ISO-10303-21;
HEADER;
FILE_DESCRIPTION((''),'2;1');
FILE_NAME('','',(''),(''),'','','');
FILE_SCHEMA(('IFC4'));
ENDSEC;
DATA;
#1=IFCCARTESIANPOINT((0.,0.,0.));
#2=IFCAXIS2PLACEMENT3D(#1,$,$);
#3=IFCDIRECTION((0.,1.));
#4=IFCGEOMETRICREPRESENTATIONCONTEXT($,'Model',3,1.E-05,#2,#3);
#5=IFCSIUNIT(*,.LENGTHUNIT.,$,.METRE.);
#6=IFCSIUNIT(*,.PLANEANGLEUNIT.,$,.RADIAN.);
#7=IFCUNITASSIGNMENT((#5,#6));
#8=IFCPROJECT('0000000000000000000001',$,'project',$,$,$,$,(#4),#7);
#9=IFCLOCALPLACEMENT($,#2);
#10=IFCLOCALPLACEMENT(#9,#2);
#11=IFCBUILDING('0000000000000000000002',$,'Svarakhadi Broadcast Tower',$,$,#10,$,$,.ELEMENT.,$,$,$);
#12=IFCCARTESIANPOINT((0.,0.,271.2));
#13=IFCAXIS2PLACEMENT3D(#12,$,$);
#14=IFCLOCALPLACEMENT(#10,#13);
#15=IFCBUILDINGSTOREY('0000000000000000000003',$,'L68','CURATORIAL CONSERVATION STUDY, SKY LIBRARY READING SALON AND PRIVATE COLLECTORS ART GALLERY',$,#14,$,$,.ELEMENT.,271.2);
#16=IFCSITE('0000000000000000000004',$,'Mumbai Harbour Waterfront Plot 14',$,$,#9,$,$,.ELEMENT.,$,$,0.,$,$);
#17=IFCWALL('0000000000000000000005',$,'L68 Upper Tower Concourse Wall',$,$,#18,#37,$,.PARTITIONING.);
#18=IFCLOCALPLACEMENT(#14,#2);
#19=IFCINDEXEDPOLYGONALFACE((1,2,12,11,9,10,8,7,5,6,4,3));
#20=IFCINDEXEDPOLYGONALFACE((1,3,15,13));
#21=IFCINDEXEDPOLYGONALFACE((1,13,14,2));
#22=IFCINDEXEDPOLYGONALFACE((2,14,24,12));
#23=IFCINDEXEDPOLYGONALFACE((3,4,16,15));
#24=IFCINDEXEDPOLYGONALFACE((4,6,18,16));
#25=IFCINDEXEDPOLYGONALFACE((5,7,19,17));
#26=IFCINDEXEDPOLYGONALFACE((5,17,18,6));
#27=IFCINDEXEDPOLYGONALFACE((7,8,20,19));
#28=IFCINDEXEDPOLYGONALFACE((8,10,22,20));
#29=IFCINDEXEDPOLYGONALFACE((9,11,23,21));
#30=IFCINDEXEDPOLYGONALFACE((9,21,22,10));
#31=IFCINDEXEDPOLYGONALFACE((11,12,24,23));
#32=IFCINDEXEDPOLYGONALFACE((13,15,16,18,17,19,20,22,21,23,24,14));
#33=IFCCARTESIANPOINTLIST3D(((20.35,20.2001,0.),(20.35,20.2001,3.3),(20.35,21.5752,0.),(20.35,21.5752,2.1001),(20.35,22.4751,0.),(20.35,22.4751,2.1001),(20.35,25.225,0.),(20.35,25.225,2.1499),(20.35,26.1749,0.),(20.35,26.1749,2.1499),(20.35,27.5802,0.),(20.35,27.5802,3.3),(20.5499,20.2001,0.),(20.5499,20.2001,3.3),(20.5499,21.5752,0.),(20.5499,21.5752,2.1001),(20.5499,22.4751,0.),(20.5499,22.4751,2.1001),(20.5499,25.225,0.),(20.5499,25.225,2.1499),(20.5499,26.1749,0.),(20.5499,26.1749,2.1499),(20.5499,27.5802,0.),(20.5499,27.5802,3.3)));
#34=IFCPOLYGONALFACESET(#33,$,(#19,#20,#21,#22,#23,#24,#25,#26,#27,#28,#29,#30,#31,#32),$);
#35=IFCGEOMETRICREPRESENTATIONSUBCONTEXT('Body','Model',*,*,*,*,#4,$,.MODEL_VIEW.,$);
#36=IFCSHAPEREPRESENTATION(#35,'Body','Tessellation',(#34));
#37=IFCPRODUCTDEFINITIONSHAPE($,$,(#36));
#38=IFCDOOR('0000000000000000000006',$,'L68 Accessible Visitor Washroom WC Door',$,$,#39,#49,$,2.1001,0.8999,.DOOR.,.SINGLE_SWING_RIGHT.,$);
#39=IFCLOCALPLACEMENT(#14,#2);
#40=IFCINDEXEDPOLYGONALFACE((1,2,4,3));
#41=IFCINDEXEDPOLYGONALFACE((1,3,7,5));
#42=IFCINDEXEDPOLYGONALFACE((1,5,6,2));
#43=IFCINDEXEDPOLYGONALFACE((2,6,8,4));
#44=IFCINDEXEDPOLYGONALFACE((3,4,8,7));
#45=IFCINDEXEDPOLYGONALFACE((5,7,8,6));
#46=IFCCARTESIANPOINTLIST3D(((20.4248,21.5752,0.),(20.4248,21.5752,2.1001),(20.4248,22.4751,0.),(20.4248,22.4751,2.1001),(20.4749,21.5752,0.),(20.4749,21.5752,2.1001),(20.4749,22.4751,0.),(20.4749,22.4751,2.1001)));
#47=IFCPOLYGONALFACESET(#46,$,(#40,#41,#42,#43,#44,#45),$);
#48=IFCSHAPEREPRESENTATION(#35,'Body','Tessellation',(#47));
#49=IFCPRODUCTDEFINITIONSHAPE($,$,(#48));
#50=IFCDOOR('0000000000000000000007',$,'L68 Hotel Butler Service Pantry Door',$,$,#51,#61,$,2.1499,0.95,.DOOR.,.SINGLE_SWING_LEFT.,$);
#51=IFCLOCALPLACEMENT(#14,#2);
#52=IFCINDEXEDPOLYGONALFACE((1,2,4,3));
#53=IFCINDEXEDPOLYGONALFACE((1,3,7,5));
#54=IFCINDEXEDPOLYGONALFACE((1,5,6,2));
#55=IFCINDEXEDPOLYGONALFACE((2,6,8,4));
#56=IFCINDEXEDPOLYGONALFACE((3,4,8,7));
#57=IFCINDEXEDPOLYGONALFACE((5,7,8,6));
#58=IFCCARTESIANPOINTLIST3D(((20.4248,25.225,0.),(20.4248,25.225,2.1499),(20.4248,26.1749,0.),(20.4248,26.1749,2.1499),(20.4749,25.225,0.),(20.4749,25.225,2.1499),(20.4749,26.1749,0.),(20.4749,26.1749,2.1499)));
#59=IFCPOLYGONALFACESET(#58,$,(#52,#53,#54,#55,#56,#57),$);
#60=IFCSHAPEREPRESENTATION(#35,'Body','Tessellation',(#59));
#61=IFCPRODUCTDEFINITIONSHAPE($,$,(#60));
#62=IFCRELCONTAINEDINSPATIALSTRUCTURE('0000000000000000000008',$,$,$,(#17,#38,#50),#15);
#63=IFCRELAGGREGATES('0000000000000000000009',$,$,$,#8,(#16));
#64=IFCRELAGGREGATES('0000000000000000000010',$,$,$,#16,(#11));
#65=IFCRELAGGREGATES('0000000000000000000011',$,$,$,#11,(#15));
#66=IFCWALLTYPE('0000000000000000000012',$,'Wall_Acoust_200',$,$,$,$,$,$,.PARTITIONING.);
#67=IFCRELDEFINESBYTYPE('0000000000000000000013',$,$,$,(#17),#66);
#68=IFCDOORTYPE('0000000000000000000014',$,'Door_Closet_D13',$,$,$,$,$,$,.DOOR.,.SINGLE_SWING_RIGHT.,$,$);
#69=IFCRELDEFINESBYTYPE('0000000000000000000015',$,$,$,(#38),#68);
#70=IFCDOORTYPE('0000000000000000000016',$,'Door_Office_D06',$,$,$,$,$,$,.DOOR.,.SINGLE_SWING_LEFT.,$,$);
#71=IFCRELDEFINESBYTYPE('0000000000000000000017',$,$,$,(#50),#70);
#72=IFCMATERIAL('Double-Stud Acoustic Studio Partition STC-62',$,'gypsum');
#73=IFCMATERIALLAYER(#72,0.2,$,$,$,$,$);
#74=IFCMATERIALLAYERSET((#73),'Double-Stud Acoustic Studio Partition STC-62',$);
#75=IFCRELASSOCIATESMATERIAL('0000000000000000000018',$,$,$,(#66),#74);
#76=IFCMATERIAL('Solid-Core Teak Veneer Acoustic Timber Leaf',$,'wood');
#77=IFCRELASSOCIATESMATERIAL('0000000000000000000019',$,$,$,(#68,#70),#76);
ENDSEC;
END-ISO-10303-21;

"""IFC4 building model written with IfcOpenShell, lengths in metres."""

from ifc_helpers import new_model, si_unit, direction, frame, frame_2d, origin, place, context, subcontext, project, spatial, rectangle, extrude, material, layer, layer_set, type_object, element, fill, save


model = new_model("IFC4")

# Units and contexts
model_context = context("Model", 3, precision=1e-05, world=origin(), true_north=direction((0.0, 1.0)))
body_context = subcontext(model_context, "Body", "Model", "MODEL_VIEW")
ifc_project = project(units=[si_unit("LENGTHUNIT", "METRE"), si_unit("PLANEANGLEUNIT", "RADIAN")], contexts=[model_context])

# Site, building, storey
site_placement = place(None, origin())
site = spatial("IfcSite", under=ifc_project, at=site_placement, Name="Mumbai Harbour Waterfront Plot 14", CompositionType="ELEMENT", RefElevation=0.0)
building_placement = place(site_placement, origin())
building = spatial("IfcBuilding", under=site, at=building_placement, Name="Svarakhadi Broadcast Tower", CompositionType="ELEMENT")
storey_placement = place(building_placement, frame((0.0, 0.0, 271.2)))
storey = spatial("IfcBuildingStorey", under=building, at=storey_placement, Name="L68", Description="CURATORIAL CONSERVATION STUDY, SKY LIBRARY READING SALON AND PRIVATE COLLECTORS ART GALLERY", CompositionType="ELEMENT", Elevation=271.2)

# Shared definitions
ifc_material_1 = material(Name="Double-Stud Acoustic Studio Partition STC-62", Category="gypsum")
ifc_layer_1 = layer(ifc_material_1, 0.2)
ifc_layer_set_1 = layer_set([ifc_layer_1], Name="Double-Stud Acoustic Studio Partition STC-62")
wall_type = type_object("IfcWallType", Name="Wall_Acoust_200", PredefinedType="PARTITIONING", material=ifc_layer_set_1)

# Wall, openings, doors
wall_1_placement = place(storey_placement, frame((20.45, 27.5801, 0.0), z_axis=(0.0, 0.0, 1.0), x_axis=(0.0, -1.0, 0.0)))
wall_1 = element("IfcWall", 1, at=wall_1_placement, inside=storey, type_object=wall_type, Name="L68 Upper Tower Concourse Wall", PredefinedType="PARTITIONING", context=body_context, shape_type="SweptSolid", body=[
    extrude(rectangle(XDim=7.3801, YDim=0.2, at=frame_2d((3.6899, 0.0))), origin(), (0.0, 0.0, 1.0), 3.3),
])
opening_1_placement = place(wall_1_placement, frame((5.105, 0.0, 0.0)))
opening_1 = element("IfcOpeningElement", 2, at=opening_1_placement, cuts=wall_1, PredefinedType="OPENING", context=body_context, shape_type="SweptSolid", body=[
    extrude(rectangle(XDim=0.8999, YDim=2.1001, at=frame_2d((0.45, 1.05))), frame((0.0, 0.1099, 0.0), z_axis=(0.0, -1.0, 0.0), x_axis=(1.0, 0.0, 0.0)), (0.0, 0.0, 1.0), 0.22),
])
opening_2_placement = place(wall_1_placement, frame((1.405, 0.0, 0.0)))
opening_2 = element("IfcOpeningElement", 3, at=opening_2_placement, cuts=wall_1, PredefinedType="OPENING", context=body_context, shape_type="SweptSolid", body=[
    extrude(rectangle(XDim=0.95, YDim=2.1499, at=frame_2d((0.4751, 1.075))), frame((0.0, 0.1099, 0.0), z_axis=(0.0, -1.0, 0.0), x_axis=(1.0, 0.0, 0.0)), (0.0, 0.0, 1.0), 0.22),
])
ifc_material_2 = material(Name="Solid-Core Teak Veneer Acoustic Timber Leaf", Category="wood")
door_type_1 = type_object("IfcDoorType", Name="Door_Closet_D13", OperationType="SINGLE_SWING_RIGHT", PredefinedType="DOOR", material=ifc_material_2)
door_1_placement = place(opening_1_placement, origin())
door_1 = element("IfcDoor", 4, at=door_1_placement, inside=storey, type_object=door_type_1, Name="L68 Accessible Visitor Washroom WC Door", OperationType="SINGLE_SWING_RIGHT", OverallHeight=2.1001, OverallWidth=0.8999, PredefinedType="DOOR", context=body_context, shape_type="SweptSolid", body=[
    extrude(rectangle(XDim=0.8999, YDim=2.1001, at=frame_2d((0.45, 1.05))), frame((0.0, 0.0249, 0.0), z_axis=(0.0, -1.0, 0.0), x_axis=(1.0, 0.0, 0.0)), (0.0, 0.0, 1.0), 0.05),
])
fill(opening_1, door_1)
door_type_2 = type_object("IfcDoorType", Name="Door_Office_D06", OperationType="SINGLE_SWING_LEFT", PredefinedType="DOOR", material=ifc_material_2)
door_2_placement = place(opening_2_placement, origin())
door_2 = element("IfcDoor", 5, at=door_2_placement, inside=storey, type_object=door_type_2, Name="L68 Hotel Butler Service Pantry Door", OperationType="SINGLE_SWING_LEFT", OverallHeight=2.1499, OverallWidth=0.95, PredefinedType="DOOR", context=body_context, shape_type="SweptSolid", body=[
    extrude(rectangle(XDim=0.95, YDim=2.1499, at=frame_2d((0.4751, 1.075))), frame((0.0, 0.0249, 0.0), z_axis=(0.0, -1.0, 0.0), x_axis=(1.0, 0.0, 0.0)), (0.0, 0.0, 1.0), 0.05),
])
fill(opening_2, door_2)

save(model, "model.ifc")
